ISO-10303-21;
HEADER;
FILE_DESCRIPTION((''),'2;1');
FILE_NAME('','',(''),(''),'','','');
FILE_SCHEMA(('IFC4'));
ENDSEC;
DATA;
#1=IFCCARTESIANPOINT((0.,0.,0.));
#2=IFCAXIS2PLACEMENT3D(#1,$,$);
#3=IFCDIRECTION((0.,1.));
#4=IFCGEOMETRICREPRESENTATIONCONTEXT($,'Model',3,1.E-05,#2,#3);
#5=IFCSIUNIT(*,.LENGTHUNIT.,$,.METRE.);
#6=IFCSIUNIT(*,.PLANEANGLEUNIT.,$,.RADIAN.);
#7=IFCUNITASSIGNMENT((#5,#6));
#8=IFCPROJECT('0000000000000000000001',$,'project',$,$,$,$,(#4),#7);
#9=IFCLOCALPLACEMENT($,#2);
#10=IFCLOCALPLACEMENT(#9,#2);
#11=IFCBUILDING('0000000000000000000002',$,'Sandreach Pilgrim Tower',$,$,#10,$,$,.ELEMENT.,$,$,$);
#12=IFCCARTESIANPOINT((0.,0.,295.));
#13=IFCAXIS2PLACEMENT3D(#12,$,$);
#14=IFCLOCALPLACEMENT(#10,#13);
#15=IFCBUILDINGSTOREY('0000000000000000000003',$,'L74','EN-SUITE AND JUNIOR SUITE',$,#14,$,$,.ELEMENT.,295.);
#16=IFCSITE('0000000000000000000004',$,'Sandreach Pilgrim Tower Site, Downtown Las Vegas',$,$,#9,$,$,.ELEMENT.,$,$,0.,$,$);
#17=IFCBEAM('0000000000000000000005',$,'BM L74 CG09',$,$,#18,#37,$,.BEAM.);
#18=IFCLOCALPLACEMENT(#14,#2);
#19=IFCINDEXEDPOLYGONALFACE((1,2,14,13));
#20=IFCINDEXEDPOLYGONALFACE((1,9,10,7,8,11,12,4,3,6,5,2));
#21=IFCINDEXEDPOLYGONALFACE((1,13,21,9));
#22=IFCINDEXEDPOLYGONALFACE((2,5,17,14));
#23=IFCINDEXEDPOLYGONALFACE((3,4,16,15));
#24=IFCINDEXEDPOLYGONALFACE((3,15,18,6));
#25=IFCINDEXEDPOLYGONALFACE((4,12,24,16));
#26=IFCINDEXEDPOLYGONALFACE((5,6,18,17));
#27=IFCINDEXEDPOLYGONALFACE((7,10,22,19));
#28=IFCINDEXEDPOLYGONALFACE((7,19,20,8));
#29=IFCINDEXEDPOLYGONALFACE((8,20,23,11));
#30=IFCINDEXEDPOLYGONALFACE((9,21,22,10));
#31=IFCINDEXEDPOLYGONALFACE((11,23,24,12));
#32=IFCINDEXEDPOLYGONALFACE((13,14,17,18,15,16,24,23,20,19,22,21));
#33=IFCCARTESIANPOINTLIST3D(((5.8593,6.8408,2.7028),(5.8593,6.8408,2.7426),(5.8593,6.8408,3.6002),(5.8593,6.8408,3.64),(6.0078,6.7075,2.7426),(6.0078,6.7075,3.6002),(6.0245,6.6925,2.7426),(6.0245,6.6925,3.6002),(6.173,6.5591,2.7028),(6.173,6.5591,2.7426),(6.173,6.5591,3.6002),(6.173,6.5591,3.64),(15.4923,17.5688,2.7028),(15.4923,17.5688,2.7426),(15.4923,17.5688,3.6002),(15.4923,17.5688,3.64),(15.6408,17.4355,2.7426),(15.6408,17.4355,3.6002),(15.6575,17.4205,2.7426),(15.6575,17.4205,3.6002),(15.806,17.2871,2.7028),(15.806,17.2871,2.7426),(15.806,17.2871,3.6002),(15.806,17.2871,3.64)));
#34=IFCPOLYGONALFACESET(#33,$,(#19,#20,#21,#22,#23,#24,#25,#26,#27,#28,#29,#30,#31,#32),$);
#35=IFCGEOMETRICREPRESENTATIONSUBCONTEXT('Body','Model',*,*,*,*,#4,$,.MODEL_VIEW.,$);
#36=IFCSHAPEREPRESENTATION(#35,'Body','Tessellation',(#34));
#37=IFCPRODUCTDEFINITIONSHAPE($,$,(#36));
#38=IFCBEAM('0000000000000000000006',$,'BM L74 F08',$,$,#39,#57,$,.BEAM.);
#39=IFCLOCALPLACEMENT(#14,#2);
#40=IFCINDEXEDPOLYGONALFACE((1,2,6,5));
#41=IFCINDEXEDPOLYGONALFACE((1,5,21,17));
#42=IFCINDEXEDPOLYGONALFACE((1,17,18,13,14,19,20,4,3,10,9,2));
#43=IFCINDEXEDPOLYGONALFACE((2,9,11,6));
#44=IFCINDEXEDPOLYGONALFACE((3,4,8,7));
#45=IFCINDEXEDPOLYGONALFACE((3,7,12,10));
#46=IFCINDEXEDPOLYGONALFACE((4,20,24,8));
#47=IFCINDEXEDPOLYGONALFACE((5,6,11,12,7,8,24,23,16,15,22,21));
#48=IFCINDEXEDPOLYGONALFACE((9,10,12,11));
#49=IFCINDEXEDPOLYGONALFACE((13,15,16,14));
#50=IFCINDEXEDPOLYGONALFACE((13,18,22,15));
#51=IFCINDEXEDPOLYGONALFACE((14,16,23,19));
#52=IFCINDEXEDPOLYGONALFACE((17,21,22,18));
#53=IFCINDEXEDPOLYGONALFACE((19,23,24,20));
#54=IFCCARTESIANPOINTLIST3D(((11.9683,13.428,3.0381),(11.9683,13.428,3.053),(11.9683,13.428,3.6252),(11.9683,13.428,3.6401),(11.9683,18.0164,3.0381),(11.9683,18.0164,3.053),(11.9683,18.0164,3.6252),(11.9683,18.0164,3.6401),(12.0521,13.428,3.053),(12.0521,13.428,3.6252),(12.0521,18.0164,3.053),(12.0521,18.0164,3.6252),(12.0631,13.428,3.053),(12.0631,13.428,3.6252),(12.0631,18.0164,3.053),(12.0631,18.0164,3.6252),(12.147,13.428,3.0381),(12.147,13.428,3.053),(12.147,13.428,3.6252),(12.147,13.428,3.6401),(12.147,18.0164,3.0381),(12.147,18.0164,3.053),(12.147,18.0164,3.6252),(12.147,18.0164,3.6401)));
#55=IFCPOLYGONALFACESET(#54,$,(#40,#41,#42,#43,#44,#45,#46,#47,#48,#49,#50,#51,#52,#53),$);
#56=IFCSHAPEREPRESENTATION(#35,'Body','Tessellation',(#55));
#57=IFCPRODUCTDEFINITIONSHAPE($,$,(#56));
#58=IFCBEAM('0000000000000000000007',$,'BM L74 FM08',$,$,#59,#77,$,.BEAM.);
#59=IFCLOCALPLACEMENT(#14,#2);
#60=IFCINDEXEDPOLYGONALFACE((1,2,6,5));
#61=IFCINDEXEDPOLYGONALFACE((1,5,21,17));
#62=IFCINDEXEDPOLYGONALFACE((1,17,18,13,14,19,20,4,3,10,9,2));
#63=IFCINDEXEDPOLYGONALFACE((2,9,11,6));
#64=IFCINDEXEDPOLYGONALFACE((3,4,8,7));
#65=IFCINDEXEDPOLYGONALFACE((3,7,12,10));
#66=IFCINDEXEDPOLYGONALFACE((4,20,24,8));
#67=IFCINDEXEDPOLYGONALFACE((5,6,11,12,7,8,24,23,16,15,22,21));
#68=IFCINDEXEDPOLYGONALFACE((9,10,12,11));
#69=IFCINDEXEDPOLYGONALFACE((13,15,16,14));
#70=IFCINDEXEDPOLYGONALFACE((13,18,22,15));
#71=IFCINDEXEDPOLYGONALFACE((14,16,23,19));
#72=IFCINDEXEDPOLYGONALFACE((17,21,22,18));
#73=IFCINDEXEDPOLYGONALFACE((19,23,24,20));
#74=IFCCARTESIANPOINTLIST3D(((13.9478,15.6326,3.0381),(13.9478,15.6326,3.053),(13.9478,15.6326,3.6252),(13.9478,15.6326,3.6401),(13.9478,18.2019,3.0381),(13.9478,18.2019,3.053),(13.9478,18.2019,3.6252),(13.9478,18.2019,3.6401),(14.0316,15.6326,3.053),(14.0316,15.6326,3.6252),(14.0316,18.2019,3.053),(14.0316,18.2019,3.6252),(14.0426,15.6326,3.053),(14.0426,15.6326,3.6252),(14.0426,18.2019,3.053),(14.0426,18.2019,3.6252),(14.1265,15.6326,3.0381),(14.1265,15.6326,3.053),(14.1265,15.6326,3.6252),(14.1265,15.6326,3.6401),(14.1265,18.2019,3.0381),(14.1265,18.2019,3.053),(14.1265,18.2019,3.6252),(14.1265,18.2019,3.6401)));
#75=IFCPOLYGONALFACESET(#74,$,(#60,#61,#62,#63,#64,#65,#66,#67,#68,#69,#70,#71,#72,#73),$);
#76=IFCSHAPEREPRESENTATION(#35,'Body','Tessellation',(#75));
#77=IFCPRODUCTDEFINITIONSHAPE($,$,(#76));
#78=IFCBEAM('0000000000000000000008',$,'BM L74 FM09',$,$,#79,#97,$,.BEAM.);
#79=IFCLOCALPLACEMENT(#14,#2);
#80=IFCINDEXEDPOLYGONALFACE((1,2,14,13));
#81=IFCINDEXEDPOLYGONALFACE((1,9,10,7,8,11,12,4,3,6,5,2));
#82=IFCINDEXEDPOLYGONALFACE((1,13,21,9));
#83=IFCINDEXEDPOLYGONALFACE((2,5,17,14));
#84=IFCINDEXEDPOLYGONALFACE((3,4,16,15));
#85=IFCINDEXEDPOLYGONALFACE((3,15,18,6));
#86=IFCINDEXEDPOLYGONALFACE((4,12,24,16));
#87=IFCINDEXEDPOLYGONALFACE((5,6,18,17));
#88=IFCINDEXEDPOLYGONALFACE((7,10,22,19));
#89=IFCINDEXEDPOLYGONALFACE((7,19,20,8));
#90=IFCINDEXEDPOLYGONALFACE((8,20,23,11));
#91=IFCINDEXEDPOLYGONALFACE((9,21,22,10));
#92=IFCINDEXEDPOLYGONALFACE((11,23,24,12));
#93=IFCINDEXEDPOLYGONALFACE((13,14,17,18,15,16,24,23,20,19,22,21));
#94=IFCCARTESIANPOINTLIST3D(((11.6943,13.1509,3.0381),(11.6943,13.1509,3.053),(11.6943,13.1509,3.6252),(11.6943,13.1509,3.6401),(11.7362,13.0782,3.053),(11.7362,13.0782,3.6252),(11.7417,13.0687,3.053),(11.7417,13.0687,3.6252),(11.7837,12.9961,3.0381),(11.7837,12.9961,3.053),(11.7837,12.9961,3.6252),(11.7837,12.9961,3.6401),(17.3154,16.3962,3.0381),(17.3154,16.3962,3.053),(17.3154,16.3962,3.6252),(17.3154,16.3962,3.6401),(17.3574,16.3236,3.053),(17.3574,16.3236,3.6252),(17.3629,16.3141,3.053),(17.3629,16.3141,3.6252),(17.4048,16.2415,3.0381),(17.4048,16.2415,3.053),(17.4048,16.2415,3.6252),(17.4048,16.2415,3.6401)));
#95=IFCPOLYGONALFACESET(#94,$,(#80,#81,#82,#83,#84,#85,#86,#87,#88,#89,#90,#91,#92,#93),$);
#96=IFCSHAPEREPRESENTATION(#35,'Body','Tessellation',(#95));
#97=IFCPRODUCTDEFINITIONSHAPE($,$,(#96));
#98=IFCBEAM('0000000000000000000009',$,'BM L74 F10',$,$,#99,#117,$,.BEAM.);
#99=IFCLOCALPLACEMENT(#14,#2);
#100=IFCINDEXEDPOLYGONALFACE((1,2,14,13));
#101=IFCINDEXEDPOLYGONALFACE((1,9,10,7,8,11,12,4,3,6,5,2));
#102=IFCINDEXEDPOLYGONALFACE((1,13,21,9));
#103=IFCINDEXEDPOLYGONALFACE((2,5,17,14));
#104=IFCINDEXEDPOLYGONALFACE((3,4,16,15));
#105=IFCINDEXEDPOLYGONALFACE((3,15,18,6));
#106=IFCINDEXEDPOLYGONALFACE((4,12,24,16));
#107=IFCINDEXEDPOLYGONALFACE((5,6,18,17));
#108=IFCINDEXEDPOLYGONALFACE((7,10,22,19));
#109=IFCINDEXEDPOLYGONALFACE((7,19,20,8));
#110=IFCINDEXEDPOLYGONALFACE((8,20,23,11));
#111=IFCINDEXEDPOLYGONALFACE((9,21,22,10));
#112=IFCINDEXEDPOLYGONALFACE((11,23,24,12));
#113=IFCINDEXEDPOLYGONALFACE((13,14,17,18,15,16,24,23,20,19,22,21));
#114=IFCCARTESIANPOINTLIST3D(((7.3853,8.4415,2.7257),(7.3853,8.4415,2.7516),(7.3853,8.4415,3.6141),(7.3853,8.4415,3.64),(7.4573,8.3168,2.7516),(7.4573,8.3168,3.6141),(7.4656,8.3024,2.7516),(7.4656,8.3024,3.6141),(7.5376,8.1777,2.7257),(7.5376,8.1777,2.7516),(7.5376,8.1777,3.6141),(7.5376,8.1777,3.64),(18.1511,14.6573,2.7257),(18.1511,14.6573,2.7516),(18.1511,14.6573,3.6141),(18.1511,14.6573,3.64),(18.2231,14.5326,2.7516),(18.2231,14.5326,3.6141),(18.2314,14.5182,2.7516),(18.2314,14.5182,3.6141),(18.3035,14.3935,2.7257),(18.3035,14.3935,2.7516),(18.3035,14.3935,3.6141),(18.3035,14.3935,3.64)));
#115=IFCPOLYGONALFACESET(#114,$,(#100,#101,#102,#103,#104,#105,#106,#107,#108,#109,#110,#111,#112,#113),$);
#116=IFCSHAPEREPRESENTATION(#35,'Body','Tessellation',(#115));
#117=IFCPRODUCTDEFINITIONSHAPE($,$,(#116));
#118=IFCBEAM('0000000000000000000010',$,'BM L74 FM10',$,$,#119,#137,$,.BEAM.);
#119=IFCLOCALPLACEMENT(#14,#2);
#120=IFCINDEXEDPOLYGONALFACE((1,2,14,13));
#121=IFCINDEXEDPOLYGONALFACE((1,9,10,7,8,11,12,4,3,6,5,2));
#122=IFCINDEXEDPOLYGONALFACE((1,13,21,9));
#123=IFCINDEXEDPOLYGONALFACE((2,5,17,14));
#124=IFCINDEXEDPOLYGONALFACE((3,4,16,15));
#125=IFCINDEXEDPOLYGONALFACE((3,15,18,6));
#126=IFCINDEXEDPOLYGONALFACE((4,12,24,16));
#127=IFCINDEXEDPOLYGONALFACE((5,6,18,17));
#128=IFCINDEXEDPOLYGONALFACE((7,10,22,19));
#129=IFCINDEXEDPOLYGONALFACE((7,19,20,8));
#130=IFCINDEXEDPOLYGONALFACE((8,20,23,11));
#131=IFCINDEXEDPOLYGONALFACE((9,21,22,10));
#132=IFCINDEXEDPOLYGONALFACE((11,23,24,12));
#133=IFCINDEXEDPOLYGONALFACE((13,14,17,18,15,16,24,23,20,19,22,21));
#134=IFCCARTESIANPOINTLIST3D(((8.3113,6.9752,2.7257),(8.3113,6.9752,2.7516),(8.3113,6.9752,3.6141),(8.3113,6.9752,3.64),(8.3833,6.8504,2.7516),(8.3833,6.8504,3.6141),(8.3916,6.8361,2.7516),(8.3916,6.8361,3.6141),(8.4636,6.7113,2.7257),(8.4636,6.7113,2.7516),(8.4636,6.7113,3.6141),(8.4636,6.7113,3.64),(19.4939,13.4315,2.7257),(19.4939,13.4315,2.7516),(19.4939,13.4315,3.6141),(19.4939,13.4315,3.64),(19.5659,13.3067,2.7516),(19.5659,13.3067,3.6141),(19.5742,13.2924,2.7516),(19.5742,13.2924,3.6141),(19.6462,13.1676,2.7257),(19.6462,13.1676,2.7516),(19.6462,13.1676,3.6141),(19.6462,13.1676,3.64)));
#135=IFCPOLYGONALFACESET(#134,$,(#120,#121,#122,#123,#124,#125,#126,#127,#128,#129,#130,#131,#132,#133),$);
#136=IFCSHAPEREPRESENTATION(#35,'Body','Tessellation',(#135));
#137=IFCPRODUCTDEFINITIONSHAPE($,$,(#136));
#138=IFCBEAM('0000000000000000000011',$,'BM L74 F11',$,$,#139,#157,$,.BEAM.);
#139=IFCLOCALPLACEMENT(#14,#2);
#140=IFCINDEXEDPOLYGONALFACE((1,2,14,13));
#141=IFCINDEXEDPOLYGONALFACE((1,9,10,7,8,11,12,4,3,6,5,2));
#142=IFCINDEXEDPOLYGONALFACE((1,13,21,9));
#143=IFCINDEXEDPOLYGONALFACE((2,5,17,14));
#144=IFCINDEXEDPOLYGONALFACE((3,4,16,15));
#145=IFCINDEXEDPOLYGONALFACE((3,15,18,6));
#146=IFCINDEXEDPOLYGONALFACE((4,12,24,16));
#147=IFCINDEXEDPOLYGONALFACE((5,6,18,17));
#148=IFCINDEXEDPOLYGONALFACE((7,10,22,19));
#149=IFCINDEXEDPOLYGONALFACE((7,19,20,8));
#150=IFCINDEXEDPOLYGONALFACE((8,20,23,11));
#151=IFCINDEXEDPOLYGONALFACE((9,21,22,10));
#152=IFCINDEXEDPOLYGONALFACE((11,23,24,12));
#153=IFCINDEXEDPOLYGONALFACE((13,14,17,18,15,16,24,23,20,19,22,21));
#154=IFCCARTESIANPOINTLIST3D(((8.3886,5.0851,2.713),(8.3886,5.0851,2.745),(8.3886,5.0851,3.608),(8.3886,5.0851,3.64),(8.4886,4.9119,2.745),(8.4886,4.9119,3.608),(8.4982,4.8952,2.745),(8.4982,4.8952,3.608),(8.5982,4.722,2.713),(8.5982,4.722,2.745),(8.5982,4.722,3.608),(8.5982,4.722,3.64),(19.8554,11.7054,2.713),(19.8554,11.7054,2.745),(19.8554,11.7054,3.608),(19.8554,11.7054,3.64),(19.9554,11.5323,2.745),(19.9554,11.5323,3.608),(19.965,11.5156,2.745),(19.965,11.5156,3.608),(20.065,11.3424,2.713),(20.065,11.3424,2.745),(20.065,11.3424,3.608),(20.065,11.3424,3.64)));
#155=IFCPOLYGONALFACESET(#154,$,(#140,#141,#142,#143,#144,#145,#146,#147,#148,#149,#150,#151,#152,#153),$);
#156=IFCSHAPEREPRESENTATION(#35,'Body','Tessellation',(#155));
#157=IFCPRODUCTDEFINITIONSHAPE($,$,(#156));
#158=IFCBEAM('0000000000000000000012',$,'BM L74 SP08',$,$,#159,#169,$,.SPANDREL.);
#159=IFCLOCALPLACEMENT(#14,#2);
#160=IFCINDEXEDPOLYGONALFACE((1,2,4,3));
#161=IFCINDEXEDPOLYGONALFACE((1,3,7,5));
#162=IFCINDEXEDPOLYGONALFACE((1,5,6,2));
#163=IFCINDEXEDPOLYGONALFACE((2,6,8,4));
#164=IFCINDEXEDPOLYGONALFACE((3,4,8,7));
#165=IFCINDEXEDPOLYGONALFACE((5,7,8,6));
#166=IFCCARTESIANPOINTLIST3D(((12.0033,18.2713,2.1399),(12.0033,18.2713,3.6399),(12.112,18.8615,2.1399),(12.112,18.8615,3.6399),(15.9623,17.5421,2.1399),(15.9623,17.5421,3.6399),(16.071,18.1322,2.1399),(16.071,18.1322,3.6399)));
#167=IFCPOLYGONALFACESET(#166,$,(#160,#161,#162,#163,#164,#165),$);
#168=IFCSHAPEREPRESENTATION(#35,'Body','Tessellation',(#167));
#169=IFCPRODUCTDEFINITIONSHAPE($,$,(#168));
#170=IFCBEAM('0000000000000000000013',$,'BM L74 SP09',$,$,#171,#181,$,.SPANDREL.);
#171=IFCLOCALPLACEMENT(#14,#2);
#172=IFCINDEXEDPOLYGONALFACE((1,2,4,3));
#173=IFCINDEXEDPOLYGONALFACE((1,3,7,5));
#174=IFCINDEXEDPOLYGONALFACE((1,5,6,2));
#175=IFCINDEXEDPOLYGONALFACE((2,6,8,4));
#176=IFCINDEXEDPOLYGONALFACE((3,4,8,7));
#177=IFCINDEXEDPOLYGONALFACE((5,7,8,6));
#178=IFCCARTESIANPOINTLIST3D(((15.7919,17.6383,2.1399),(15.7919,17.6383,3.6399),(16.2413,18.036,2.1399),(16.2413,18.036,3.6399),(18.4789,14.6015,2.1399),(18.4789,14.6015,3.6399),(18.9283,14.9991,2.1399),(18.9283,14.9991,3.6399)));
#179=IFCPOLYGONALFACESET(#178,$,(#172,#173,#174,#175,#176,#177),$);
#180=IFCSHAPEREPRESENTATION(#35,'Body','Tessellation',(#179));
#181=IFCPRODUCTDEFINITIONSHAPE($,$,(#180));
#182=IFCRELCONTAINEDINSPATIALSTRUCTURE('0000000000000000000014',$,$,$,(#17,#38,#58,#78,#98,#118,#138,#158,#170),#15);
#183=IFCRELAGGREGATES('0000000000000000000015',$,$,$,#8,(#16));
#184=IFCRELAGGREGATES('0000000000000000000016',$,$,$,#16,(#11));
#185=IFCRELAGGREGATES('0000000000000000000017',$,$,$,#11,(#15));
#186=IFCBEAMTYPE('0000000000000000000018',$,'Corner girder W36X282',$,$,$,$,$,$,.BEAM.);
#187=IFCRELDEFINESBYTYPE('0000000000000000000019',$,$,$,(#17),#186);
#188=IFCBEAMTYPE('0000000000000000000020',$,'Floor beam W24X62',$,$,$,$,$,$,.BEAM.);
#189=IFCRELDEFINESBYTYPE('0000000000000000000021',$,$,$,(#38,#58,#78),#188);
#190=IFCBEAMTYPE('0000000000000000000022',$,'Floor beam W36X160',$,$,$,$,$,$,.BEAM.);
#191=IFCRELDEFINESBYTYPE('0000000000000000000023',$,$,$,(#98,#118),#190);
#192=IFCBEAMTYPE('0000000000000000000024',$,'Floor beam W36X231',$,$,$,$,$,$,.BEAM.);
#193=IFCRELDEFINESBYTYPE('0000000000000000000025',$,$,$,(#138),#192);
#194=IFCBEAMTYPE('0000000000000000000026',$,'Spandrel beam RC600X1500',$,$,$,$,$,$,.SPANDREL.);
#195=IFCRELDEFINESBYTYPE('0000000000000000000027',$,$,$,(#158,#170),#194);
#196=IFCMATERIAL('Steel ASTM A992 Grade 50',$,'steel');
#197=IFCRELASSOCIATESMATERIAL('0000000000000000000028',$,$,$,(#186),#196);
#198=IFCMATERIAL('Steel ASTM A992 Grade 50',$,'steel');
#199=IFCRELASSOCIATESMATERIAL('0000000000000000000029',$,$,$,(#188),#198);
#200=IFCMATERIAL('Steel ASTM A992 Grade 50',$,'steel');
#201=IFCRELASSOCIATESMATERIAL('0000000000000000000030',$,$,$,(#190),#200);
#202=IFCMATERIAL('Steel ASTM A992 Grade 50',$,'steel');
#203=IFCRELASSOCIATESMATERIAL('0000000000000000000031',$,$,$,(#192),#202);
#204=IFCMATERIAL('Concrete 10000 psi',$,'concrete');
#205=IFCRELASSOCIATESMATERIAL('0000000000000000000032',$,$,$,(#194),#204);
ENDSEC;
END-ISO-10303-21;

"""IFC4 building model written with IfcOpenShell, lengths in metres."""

from ifc_helpers import new_model, si_unit, direction, frame, origin, origin_2d, place, context, subcontext, project, spatial, rectangle, i_section, extrude, material, material_profile, profile_set, type_object, element, save


model = new_model("IFC4")

# Units and contexts
model_context = context("Model", 3, precision=1e-05, world=origin(), true_north=direction((0.0, 1.0)))
body_context = subcontext(model_context, "Body", "Model", "MODEL_VIEW")
ifc_project = project(units=[si_unit("LENGTHUNIT", "METRE"), si_unit("PLANEANGLEUNIT", "RADIAN")], contexts=[model_context])

# Site, building, storey
site_placement = place(None, origin())
site = spatial("IfcSite", under=ifc_project, at=site_placement, Name="Sandreach Pilgrim Tower Site, Downtown Las Vegas", CompositionType="ELEMENT", RefElevation=0.0)
building_placement = place(site_placement, origin())
building = spatial("IfcBuilding", under=site, at=building_placement, Name="Sandreach Pilgrim Tower", CompositionType="ELEMENT")
storey_placement = place(building_placement, frame((0.0, 0.0, 295.0)))
storey = spatial("IfcBuildingStorey", under=building, at=storey_placement, Name="L74", Description="EN-SUITE AND JUNIOR SUITE", CompositionType="ELEMENT", Elevation=295.0)

# Beams
ifc_material_1 = material(Name="Steel ASTM A992 Grade 50", Category="steel")
ifc_material_profile_1 = material_profile(ifc_material_1, i_section(OverallWidth=0.4216, OverallDepth=0.9373, WebThickness=0.0225, FlangeThickness=0.0398, at=origin_2d()), Name="W36X282")
ifc_profile_set_1 = profile_set([ifc_material_profile_1], Name="Steel ASTM A992 Grade 50")
beam_type_1 = type_object("IfcBeamType", Name="Corner girder W36X282", PredefinedType="BEAM", material=ifc_profile_set_1)
beam_1_placement = place(storey_placement, frame((15.6492, 17.428, 3.1714), z_axis=(-0.668115, -0.744058, 0.0), x_axis=(0.744058, -0.668115, 0.0)))
element("IfcBeam", 1, at=beam_1_placement, inside=storey, type_object=beam_type_1, Name="BM L74 CG09", PredefinedType="BEAM", context=body_context, shape_type="SweptSolid", body=[
    extrude(i_section(OverallWidth=0.4216, OverallDepth=0.9373, WebThickness=0.0225, FlangeThickness=0.0398, at=origin_2d()), origin(), (0.0, 0.0, 1.0), 14.4182),
])
ifc_material_2 = material(Name="Steel ASTM A992 Grade 50", Category="steel")
ifc_material_profile_2 = material_profile(ifc_material_2, i_section(OverallWidth=0.1787, OverallDepth=0.6021, WebThickness=0.011, FlangeThickness=0.0149, at=origin_2d()), Name="W24X62")
ifc_profile_set_2 = profile_set([ifc_material_profile_2], Name="Steel ASTM A992 Grade 50")
beam_type_2 = type_object("IfcBeamType", Name="Floor beam W24X62", PredefinedType="BEAM", material=ifc_profile_set_2)
beam_2_placement = place(storey_placement, frame((12.0576, 18.0164, 3.3391), z_axis=(0.0, -1.0, 0.0), x_axis=(1.0, 0.0, 0.0)))
element("IfcBeam", 2, at=beam_2_placement, inside=storey, type_object=beam_type_2, Name="BM L74 F08", PredefinedType="BEAM", context=body_context, shape_type="SweptSolid", body=[
    extrude(i_section(OverallWidth=0.1787, OverallDepth=0.6021, WebThickness=0.011, FlangeThickness=0.0149, at=origin_2d()), origin(), (0.0, 0.0, 1.0), 4.5884),
])
beam_3_placement = place(storey_placement, frame((14.0371, 18.2019, 3.3391), z_axis=(0.0, -1.0, 0.0), x_axis=(1.0, 0.0, 0.0)))
element("IfcBeam", 3, at=beam_3_placement, inside=storey, type_object=beam_type_2, Name="BM L74 FM08", PredefinedType="BEAM", context=body_context, shape_type="SweptSolid", body=[
    extrude(i_section(OverallWidth=0.1787, OverallDepth=0.6021, WebThickness=0.011, FlangeThickness=0.0149, at=origin_2d()), origin(), (0.0, 0.0, 1.0), 2.5693),
])
beam_4_placement = place(storey_placement, frame((17.3601, 16.3188, 3.3391), z_axis=(-0.866024, -0.500002, 0.0), x_axis=(0.500002, -0.866024, 0.0)))
element("IfcBeam", 4, at=beam_4_placement, inside=storey, type_object=beam_type_2, Name="BM L74 FM09", PredefinedType="BEAM", context=body_context, shape_type="SweptSolid", body=[
    extrude(i_section(OverallWidth=0.1787, OverallDepth=0.6021, WebThickness=0.011, FlangeThickness=0.0149, at=origin_2d()), origin(), (0.0, 0.0, 1.0), 6.4907),
])
ifc_material_3 = material(Name="Steel ASTM A992 Grade 50", Category="steel")
ifc_material_profile_3 = material_profile(ifc_material_3, i_section(OverallWidth=0.3047, OverallDepth=0.9143, WebThickness=0.0166, FlangeThickness=0.0259, at=origin_2d()), Name="W36X160")
ifc_profile_set_3 = profile_set([ifc_material_profile_3], Name="Steel ASTM A992 Grade 50")
beam_type_3 = type_object("IfcBeamType", Name="Floor beam W36X160", PredefinedType="BEAM", material=ifc_profile_set_3)
beam_5_placement = place(storey_placement, frame((18.2273, 14.5254, 3.1829), z_axis=(-0.86602, -0.500009, 0.0), x_axis=(0.500009, -0.86602, 0.0)))
element("IfcBeam", 5, at=beam_5_placement, inside=storey, type_object=beam_type_3, Name="BM L74 F10", PredefinedType="BEAM", context=body_context, shape_type="SweptSolid", body=[
    extrude(i_section(OverallWidth=0.3047, OverallDepth=0.9143, WebThickness=0.0166, FlangeThickness=0.0259, at=origin_2d()), origin(), (0.0, 0.0, 1.0), 12.4314),
])
beam_6_placement = place(storey_placement, frame((19.5701, 13.2996, 3.1829), z_axis=(-0.866025, -0.500001, 0.0), x_axis=(0.500001, -0.866025, 0.0)))
element("IfcBeam", 6, at=beam_6_placement, inside=storey, type_object=beam_type_3, Name="BM L74 FM10", PredefinedType="BEAM", context=body_context, shape_type="SweptSolid", body=[
    extrude(i_section(OverallWidth=0.3047, OverallDepth=0.9143, WebThickness=0.0166, FlangeThickness=0.0259, at=origin_2d()), origin(), (0.0, 0.0, 1.0), 12.9126),
])
ifc_material_4 = material(Name="Steel ASTM A992 Grade 50", Category="steel")
ifc_material_profile_4 = material_profile(ifc_material_4, i_section(OverallWidth=0.4192, OverallDepth=0.927, WebThickness=0.0193, FlangeThickness=0.032, at=origin_2d()), Name="W36X231")
ifc_profile_set_4 = profile_set([ifc_material_profile_4], Name="Steel ASTM A992 Grade 50")
beam_type_4 = type_object("IfcBeamType", Name="Floor beam W36X231", PredefinedType="BEAM", material=ifc_profile_set_4)
beam_7_placement = place(storey_placement, frame((19.9602, 11.5239, 3.1765), z_axis=(-0.866025, -0.5, 0.0), x_axis=(0.5, -0.866025, 0.0)))
element("IfcBeam", 7, at=beam_7_placement, inside=storey, type_object=beam_type_4, Name="BM L74 F11", PredefinedType="BEAM", context=body_context, shape_type="SweptSolid", body=[
    extrude(i_section(OverallWidth=0.4192, OverallDepth=0.927, WebThickness=0.0193, FlangeThickness=0.032, at=origin_2d()), origin(), (0.0, 0.0, 1.0), 13.2407),
])
ifc_material_5 = material(Name="Concrete 10000 psi", Category="concrete")
ifc_material_profile_5 = material_profile(ifc_material_5, rectangle(XDim=0.6001, YDim=1.5, at=origin_2d()), Name="RC600X1500")
ifc_profile_set_5 = profile_set([ifc_material_profile_5], Name="Concrete 10000 psi")
beam_type_5 = type_object("IfcBeamType", Name="Spandrel beam RC600X1500", PredefinedType="SPANDREL", material=ifc_profile_set_5)
beam_8_placement = place(storey_placement, frame((12.0576, 18.5664, 2.8899), z_axis=(0.983455, -0.181153, 0.0), x_axis=(0.181153, 0.983455, 0.0)))
element("IfcBeam", 8, at=beam_8_placement, inside=storey, type_object=beam_type_5, Name="BM L74 SP08", PredefinedType="SPANDREL", context=body_context, shape_type="SweptSolid", body=[
    extrude(rectangle(XDim=0.6001, YDim=1.5, at=origin_2d()), origin(), (0.0, 0.0, 1.0), 4.0256),
])
beam_9_placement = place(storey_placement, frame((16.0166, 17.8372, 2.8899), z_axis=(0.662651, -0.748929, 0.0), x_axis=(0.748929, 0.662651, 0.0)))
element("IfcBeam", 9, at=beam_9_placement, inside=storey, type_object=beam_type_5, Name="BM L74 SP09", PredefinedType="SPANDREL", context=body_context, shape_type="SweptSolid", body=[
    extrude(rectangle(XDim=0.6001, YDim=1.5, at=origin_2d()), origin(), (0.0, 0.0, 1.0), 4.0549),
])

save(model, "model.ifc")
